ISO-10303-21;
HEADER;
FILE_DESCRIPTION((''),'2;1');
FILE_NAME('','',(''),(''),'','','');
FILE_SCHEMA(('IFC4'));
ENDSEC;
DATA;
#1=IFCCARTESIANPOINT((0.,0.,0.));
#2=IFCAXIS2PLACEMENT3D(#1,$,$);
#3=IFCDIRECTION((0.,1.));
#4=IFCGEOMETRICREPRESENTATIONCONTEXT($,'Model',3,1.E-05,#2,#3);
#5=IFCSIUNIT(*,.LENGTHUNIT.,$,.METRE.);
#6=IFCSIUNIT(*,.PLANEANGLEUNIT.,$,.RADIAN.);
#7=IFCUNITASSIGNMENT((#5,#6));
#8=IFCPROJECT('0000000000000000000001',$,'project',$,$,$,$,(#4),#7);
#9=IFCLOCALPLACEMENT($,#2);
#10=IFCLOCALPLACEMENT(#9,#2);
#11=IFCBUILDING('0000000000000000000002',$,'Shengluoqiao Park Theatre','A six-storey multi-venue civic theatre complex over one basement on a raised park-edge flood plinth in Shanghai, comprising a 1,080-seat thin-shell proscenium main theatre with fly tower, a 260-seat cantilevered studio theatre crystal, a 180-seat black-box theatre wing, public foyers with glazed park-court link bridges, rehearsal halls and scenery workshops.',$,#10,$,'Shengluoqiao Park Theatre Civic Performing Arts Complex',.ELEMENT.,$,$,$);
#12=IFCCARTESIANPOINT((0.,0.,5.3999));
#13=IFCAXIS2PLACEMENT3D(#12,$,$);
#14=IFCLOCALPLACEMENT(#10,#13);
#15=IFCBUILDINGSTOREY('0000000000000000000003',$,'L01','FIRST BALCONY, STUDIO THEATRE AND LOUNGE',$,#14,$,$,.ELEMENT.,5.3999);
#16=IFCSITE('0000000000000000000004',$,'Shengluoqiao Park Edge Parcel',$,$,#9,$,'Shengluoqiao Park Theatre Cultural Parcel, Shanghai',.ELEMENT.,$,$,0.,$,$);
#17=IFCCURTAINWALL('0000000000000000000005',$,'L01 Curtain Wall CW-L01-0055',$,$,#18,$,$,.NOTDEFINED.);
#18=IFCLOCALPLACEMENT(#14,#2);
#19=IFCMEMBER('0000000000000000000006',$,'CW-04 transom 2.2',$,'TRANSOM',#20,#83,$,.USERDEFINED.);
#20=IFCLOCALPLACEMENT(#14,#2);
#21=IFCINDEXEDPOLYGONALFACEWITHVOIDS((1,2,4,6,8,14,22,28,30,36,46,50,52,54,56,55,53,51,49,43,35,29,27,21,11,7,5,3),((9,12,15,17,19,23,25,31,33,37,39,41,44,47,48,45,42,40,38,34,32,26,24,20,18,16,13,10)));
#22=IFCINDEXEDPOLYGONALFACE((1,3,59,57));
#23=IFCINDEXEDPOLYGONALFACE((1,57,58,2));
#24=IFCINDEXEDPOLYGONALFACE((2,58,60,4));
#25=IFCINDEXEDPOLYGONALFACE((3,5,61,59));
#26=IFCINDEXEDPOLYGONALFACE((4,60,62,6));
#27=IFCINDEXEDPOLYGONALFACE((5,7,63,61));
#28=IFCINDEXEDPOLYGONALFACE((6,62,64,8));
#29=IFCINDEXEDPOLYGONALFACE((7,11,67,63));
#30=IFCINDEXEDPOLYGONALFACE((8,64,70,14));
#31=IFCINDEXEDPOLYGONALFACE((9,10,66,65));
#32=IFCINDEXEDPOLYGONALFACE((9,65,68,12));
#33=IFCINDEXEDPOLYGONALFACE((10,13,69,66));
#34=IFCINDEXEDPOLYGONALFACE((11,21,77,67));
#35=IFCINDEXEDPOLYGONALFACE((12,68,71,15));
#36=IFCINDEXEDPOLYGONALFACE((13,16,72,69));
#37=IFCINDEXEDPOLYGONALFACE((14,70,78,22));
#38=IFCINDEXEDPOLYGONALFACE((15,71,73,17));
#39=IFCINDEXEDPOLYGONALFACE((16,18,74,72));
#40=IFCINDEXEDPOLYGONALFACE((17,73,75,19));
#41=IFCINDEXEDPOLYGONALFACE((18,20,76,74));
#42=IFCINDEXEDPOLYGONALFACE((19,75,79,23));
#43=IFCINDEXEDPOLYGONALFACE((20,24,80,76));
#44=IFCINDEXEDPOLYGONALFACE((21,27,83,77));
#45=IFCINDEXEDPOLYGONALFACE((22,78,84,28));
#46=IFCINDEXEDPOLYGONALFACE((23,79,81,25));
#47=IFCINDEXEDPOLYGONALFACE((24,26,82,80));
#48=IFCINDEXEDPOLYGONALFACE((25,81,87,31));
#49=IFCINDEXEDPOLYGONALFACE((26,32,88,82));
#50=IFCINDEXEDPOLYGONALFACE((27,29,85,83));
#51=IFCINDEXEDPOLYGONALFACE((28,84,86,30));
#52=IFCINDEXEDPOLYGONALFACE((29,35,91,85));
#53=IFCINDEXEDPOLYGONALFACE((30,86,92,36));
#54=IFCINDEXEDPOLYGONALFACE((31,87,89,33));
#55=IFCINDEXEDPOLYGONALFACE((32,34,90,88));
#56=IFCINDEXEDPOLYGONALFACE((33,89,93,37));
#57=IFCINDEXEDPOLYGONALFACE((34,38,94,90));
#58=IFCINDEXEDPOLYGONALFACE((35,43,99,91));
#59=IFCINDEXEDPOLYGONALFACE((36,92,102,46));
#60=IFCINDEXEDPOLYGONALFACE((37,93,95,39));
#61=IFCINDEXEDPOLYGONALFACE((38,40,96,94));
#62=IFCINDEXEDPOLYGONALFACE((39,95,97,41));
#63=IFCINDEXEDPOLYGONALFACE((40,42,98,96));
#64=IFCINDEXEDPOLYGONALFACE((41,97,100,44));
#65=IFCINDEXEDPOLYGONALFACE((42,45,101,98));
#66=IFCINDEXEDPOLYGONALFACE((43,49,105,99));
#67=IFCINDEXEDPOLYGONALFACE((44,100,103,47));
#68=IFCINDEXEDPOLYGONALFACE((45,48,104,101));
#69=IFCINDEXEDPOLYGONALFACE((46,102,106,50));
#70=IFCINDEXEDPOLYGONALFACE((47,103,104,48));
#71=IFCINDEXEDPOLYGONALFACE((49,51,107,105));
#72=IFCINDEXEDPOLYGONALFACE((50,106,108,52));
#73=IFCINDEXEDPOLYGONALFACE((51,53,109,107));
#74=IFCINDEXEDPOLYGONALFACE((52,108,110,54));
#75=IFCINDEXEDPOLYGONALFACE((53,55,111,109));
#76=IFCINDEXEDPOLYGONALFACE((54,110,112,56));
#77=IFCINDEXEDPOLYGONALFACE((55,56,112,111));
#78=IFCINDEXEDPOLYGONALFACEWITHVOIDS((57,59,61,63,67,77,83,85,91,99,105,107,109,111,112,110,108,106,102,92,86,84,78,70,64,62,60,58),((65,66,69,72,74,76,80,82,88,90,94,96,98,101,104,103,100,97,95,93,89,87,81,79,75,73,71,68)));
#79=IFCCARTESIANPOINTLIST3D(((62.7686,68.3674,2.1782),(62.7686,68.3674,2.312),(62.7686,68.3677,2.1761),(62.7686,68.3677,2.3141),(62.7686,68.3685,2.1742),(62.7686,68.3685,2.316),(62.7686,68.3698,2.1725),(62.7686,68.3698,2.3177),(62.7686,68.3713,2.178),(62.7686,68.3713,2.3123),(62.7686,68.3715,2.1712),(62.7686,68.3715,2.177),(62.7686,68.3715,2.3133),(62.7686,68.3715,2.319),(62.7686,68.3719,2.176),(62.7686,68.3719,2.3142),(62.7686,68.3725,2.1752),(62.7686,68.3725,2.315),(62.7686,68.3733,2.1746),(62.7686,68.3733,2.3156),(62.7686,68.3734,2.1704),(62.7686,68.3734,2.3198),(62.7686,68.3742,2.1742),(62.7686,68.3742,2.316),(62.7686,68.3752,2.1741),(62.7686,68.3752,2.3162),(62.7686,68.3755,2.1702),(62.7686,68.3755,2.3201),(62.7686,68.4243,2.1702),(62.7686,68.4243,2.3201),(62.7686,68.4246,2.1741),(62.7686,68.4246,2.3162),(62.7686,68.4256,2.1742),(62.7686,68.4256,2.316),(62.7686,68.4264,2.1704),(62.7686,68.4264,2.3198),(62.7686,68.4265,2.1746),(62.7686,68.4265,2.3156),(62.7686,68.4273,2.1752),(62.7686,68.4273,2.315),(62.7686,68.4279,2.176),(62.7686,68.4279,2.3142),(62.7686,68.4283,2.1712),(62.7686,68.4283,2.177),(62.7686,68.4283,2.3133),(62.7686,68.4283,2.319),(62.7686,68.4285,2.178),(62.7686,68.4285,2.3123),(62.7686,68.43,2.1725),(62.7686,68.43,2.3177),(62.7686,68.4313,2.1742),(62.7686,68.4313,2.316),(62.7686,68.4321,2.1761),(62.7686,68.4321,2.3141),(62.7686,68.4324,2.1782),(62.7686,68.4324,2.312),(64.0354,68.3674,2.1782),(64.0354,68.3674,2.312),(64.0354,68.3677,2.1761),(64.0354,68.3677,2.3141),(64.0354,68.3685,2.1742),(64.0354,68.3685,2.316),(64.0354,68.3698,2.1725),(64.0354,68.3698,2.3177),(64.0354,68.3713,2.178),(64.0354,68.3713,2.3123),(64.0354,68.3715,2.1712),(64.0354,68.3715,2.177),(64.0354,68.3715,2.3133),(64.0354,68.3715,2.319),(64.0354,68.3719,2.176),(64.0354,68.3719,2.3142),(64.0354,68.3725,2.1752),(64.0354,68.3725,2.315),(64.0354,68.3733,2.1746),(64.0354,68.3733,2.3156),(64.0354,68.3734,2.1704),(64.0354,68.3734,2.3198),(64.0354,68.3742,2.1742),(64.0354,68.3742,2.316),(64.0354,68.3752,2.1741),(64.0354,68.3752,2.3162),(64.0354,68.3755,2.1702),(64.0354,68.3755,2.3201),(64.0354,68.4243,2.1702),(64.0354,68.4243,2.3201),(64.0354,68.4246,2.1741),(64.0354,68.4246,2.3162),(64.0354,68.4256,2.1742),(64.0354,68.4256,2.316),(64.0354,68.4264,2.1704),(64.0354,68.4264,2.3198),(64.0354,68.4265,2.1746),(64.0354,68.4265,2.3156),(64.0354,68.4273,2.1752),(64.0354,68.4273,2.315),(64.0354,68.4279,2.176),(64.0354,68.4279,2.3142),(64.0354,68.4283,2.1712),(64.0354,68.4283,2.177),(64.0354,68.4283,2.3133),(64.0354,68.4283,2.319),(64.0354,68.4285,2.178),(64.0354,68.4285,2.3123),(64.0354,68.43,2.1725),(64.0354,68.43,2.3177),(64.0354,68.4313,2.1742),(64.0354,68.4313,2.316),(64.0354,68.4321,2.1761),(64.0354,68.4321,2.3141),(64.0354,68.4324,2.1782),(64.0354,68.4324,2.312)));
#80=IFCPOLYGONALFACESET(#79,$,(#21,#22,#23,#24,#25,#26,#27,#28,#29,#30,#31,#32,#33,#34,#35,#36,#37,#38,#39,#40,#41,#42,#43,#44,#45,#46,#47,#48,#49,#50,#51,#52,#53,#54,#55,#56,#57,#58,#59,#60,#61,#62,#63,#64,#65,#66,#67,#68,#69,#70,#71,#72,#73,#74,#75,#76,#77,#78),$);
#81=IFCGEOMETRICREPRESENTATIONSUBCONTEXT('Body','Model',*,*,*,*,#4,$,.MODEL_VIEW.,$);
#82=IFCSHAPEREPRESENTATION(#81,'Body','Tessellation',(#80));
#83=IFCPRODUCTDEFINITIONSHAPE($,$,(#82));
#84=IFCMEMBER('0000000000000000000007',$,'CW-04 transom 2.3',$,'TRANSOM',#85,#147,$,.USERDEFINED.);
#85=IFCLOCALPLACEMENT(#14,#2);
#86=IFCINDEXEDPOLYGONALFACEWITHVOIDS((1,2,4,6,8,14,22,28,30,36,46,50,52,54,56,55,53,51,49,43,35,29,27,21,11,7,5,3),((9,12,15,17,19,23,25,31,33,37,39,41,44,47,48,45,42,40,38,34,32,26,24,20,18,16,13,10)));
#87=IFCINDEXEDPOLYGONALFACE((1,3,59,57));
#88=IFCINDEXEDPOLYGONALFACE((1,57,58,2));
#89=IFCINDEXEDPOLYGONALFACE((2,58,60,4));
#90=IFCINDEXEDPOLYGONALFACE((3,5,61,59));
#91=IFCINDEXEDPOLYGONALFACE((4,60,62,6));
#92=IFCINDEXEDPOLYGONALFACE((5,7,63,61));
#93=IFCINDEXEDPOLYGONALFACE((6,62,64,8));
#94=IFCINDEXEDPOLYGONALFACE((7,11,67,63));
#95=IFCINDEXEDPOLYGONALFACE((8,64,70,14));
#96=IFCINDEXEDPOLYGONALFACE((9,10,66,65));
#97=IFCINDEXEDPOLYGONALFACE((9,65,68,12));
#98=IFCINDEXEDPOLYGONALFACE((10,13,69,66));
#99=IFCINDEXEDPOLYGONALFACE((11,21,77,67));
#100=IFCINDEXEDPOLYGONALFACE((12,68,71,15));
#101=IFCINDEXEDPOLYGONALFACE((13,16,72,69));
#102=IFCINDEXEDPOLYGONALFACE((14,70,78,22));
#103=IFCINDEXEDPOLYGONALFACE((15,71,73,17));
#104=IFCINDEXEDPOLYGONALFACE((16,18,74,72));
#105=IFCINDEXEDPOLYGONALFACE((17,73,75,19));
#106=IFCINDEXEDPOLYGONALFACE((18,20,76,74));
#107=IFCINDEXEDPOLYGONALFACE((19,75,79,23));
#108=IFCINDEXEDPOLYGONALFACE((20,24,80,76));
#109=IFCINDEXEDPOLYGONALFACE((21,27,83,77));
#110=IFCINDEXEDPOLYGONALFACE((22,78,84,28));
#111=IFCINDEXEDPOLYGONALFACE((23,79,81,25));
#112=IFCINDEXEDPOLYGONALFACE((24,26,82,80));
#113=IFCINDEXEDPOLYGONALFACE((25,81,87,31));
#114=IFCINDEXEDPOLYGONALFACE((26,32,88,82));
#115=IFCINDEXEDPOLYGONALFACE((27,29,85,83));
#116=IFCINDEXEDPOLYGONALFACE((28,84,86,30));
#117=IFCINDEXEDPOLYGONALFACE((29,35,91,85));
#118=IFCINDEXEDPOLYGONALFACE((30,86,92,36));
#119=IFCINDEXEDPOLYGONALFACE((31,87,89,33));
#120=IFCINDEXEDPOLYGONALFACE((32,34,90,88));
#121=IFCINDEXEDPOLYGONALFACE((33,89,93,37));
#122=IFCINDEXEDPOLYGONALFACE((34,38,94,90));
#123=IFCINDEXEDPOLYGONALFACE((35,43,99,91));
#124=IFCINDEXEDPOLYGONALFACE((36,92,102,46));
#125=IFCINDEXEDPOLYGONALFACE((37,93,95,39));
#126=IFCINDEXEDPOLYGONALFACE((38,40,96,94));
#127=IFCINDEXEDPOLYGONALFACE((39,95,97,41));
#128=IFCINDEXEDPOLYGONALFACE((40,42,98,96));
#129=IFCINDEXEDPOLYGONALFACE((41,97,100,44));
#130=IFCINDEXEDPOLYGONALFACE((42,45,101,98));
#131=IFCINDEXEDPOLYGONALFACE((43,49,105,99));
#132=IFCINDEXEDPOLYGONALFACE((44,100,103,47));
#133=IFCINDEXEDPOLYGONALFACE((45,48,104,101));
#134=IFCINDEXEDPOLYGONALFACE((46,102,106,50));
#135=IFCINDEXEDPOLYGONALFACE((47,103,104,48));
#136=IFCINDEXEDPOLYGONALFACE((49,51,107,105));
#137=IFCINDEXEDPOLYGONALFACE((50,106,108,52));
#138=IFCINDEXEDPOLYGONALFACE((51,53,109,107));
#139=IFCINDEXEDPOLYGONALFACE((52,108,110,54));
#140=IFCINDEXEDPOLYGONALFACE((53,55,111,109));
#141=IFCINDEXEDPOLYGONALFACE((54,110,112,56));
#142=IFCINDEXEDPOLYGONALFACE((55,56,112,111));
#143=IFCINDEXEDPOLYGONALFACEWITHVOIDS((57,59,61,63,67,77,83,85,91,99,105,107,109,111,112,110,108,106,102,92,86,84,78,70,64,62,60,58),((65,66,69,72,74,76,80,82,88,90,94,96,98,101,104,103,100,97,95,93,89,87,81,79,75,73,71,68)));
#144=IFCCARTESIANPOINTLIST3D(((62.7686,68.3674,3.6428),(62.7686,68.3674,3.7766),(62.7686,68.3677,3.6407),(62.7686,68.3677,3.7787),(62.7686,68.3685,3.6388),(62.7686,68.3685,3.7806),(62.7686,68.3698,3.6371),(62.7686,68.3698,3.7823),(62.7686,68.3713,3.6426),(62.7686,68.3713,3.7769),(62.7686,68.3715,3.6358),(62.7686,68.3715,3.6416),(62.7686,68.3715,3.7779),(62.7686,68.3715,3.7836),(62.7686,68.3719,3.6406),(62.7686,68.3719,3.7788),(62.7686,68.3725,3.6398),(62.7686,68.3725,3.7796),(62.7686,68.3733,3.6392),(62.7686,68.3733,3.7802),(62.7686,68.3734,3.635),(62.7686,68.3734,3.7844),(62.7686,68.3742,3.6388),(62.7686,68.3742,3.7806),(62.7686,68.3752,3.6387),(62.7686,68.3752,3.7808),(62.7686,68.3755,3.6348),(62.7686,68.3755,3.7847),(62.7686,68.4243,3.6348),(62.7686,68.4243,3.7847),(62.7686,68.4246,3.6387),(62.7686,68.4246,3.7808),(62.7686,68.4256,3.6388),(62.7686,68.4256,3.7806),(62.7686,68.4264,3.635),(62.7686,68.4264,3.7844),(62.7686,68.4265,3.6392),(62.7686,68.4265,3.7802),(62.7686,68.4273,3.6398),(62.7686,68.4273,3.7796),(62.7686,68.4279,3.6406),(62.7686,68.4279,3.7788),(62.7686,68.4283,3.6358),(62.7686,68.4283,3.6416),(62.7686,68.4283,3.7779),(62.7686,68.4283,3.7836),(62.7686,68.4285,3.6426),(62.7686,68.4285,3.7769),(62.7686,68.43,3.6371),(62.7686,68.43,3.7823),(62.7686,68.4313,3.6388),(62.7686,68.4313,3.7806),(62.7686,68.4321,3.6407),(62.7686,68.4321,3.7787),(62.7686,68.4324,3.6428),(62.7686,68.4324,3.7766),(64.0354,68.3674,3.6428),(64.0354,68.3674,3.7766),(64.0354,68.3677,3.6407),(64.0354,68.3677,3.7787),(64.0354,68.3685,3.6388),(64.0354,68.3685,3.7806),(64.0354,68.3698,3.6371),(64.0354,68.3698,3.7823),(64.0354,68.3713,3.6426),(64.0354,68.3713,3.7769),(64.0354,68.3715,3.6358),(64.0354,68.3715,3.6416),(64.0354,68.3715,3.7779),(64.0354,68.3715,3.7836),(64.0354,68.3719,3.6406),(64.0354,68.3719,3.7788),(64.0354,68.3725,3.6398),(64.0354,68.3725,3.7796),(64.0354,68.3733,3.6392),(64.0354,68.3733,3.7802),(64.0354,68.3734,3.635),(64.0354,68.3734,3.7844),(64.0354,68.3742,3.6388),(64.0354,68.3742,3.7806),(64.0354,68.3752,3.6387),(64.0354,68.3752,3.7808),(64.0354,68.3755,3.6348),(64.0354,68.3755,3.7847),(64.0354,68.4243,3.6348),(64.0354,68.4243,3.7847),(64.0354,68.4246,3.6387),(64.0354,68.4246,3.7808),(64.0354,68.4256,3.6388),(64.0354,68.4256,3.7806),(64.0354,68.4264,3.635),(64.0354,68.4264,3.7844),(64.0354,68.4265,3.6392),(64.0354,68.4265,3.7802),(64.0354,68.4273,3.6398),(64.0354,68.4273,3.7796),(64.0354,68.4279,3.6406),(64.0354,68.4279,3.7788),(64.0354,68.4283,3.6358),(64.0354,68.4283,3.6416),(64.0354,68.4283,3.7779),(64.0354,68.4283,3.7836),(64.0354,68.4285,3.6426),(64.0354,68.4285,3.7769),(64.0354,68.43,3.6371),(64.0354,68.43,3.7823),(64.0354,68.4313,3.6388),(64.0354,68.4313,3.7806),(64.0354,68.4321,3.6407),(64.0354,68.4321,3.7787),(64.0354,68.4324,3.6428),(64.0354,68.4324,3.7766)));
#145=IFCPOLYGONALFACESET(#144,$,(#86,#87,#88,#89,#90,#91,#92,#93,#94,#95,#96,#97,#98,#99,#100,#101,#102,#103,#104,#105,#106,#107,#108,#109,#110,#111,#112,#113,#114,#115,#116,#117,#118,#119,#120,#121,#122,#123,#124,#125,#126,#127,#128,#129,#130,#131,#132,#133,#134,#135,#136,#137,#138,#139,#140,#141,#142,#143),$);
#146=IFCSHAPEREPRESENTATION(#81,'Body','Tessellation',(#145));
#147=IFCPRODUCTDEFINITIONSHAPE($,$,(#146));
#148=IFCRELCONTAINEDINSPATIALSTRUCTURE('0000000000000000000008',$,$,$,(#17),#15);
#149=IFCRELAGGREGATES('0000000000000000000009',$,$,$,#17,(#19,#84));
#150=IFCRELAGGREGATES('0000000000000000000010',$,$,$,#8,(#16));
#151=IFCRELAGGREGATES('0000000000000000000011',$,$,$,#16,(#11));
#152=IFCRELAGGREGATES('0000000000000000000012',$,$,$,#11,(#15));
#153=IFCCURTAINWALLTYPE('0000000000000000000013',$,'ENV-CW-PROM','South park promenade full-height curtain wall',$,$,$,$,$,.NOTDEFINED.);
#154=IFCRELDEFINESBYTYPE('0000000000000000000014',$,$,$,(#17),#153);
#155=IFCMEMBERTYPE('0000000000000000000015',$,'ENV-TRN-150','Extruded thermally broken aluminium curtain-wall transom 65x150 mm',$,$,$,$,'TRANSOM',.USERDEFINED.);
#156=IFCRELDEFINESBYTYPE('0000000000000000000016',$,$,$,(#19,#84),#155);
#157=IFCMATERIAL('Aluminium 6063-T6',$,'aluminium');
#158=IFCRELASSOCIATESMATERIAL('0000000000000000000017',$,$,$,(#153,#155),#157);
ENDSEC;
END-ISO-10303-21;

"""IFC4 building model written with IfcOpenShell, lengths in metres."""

from ifc_helpers import new_model, si_unit, direction, frame, origin, origin_2d, place, context, subcontext, project, spatial, hollow_rectangle, extrude, material, material_profile, profile_set, type_object, element, aggregate, save


model = new_model("IFC4")

# Units and contexts
model_context = context("Model", 3, precision=1e-05, world=origin(), true_north=direction((0.0, 1.0)))
body_context = subcontext(model_context, "Body", "Model", "MODEL_VIEW")
ifc_project = project(units=[si_unit("LENGTHUNIT", "METRE"), si_unit("PLANEANGLEUNIT", "RADIAN")], contexts=[model_context])

# Site, building, storey
site_placement = place(None, origin())
site = spatial("IfcSite", under=ifc_project, at=site_placement, Name="Shengluoqiao Park Edge Parcel", LongName="Shengluoqiao Park Theatre Cultural Parcel, Shanghai", CompositionType="ELEMENT", RefElevation=0.0)
building_placement = place(site_placement, origin())
building = spatial("IfcBuilding", under=site, at=building_placement, Name="Shengluoqiao Park Theatre", Description="A six-storey multi-venue civic theatre complex over one basement on a raised park-edge flood plinth in Shanghai, comprising a 1,080-seat thin-shell proscenium main theatre with fly tower, a 260-seat cantilevered studio theatre crystal, a 180-seat black-box theatre wing, public foyers with glazed park-court link bridges, rehearsal halls and scenery workshops.", LongName="Shengluoqiao Park Theatre Civic Performing Arts Complex", CompositionType="ELEMENT")
storey_placement = place(building_placement, frame((0.0, 0.0, 5.3999)))
storey = spatial("IfcBuildingStorey", under=building, at=storey_placement, Name="L01", Description="FIRST BALCONY, STUDIO THEATRE AND LOUNGE", CompositionType="ELEMENT", Elevation=5.3999)

# Curtain wall
ifc_material_1 = material(Name="Aluminium 6063-T6", Category="aluminium")
curtain_wall_type = type_object("IfcCurtainWallType", Name="ENV-CW-PROM", Description="South park promenade full-height curtain wall", PredefinedType="NOTDEFINED", material=ifc_material_1)
curtain_wall_1_placement = place(storey_placement, origin())
curtain_wall_1 = element("IfcCurtainWall", 1, at=curtain_wall_1_placement, inside=storey, type_object=curtain_wall_type, Name="L01 Curtain Wall CW-L01-0055", PredefinedType="NOTDEFINED")

# Members
ifc_material_profile_1 = material_profile(ifc_material_1, hollow_rectangle(XDim=0.0649, YDim=0.1499, WallThickness=0.0039, InnerFilletRadius=0.0039, OuterFilletRadius=0.0081, at=origin_2d()), Name="ALU TRANSOM 150x65x4")
ifc_profile_set_1 = profile_set([ifc_material_profile_1], Name="Aluminium 6063-T6")
member_type_1 = type_object("IfcMemberType", Name="ENV-TRN-150", Description="Extruded thermally broken aluminium curtain-wall transom 65x150 mm", ElementType="TRANSOM", PredefinedType="USERDEFINED", material=ifc_profile_set_1)
member_1_placement = place(storey_placement, frame((62.7686, 68.3999, 2.2451), z_axis=(1.0, 0.0, 0.0), x_axis=(0.0, 1.0, 0.0)))
member_1 = element("IfcMember", 2, at=member_1_placement, type_object=member_type_1, Name="CW-04 transom 2.2", ObjectType="TRANSOM", PredefinedType="USERDEFINED", context=body_context, shape_type="SweptSolid", body=[
    extrude(hollow_rectangle(XDim=0.0649, YDim=0.1499, WallThickness=0.0039, InnerFilletRadius=0.0039, OuterFilletRadius=0.0081, at=origin_2d()), origin(), (0.0, 0.0, 1.0), 1.2668),
])
member_2_placement = place(storey_placement, frame((62.7686, 68.3999, 3.7097), z_axis=(1.0, 0.0, 0.0), x_axis=(0.0, 1.0, 0.0)))
member_2 = element("IfcMember", 3, at=member_2_placement, type_object=member_type_1, Name="CW-04 transom 2.3", ObjectType="TRANSOM", PredefinedType="USERDEFINED", context=body_context, shape_type="SweptSolid", body=[
    extrude(hollow_rectangle(XDim=0.0649, YDim=0.1499, WallThickness=0.0039, InnerFilletRadius=0.0039, OuterFilletRadius=0.0081, at=origin_2d()), origin(), (0.0, 0.0, 1.0), 1.2668),
])

aggregate(curtain_wall_1, [member_1, member_2])

save(model, "model.ifc")
